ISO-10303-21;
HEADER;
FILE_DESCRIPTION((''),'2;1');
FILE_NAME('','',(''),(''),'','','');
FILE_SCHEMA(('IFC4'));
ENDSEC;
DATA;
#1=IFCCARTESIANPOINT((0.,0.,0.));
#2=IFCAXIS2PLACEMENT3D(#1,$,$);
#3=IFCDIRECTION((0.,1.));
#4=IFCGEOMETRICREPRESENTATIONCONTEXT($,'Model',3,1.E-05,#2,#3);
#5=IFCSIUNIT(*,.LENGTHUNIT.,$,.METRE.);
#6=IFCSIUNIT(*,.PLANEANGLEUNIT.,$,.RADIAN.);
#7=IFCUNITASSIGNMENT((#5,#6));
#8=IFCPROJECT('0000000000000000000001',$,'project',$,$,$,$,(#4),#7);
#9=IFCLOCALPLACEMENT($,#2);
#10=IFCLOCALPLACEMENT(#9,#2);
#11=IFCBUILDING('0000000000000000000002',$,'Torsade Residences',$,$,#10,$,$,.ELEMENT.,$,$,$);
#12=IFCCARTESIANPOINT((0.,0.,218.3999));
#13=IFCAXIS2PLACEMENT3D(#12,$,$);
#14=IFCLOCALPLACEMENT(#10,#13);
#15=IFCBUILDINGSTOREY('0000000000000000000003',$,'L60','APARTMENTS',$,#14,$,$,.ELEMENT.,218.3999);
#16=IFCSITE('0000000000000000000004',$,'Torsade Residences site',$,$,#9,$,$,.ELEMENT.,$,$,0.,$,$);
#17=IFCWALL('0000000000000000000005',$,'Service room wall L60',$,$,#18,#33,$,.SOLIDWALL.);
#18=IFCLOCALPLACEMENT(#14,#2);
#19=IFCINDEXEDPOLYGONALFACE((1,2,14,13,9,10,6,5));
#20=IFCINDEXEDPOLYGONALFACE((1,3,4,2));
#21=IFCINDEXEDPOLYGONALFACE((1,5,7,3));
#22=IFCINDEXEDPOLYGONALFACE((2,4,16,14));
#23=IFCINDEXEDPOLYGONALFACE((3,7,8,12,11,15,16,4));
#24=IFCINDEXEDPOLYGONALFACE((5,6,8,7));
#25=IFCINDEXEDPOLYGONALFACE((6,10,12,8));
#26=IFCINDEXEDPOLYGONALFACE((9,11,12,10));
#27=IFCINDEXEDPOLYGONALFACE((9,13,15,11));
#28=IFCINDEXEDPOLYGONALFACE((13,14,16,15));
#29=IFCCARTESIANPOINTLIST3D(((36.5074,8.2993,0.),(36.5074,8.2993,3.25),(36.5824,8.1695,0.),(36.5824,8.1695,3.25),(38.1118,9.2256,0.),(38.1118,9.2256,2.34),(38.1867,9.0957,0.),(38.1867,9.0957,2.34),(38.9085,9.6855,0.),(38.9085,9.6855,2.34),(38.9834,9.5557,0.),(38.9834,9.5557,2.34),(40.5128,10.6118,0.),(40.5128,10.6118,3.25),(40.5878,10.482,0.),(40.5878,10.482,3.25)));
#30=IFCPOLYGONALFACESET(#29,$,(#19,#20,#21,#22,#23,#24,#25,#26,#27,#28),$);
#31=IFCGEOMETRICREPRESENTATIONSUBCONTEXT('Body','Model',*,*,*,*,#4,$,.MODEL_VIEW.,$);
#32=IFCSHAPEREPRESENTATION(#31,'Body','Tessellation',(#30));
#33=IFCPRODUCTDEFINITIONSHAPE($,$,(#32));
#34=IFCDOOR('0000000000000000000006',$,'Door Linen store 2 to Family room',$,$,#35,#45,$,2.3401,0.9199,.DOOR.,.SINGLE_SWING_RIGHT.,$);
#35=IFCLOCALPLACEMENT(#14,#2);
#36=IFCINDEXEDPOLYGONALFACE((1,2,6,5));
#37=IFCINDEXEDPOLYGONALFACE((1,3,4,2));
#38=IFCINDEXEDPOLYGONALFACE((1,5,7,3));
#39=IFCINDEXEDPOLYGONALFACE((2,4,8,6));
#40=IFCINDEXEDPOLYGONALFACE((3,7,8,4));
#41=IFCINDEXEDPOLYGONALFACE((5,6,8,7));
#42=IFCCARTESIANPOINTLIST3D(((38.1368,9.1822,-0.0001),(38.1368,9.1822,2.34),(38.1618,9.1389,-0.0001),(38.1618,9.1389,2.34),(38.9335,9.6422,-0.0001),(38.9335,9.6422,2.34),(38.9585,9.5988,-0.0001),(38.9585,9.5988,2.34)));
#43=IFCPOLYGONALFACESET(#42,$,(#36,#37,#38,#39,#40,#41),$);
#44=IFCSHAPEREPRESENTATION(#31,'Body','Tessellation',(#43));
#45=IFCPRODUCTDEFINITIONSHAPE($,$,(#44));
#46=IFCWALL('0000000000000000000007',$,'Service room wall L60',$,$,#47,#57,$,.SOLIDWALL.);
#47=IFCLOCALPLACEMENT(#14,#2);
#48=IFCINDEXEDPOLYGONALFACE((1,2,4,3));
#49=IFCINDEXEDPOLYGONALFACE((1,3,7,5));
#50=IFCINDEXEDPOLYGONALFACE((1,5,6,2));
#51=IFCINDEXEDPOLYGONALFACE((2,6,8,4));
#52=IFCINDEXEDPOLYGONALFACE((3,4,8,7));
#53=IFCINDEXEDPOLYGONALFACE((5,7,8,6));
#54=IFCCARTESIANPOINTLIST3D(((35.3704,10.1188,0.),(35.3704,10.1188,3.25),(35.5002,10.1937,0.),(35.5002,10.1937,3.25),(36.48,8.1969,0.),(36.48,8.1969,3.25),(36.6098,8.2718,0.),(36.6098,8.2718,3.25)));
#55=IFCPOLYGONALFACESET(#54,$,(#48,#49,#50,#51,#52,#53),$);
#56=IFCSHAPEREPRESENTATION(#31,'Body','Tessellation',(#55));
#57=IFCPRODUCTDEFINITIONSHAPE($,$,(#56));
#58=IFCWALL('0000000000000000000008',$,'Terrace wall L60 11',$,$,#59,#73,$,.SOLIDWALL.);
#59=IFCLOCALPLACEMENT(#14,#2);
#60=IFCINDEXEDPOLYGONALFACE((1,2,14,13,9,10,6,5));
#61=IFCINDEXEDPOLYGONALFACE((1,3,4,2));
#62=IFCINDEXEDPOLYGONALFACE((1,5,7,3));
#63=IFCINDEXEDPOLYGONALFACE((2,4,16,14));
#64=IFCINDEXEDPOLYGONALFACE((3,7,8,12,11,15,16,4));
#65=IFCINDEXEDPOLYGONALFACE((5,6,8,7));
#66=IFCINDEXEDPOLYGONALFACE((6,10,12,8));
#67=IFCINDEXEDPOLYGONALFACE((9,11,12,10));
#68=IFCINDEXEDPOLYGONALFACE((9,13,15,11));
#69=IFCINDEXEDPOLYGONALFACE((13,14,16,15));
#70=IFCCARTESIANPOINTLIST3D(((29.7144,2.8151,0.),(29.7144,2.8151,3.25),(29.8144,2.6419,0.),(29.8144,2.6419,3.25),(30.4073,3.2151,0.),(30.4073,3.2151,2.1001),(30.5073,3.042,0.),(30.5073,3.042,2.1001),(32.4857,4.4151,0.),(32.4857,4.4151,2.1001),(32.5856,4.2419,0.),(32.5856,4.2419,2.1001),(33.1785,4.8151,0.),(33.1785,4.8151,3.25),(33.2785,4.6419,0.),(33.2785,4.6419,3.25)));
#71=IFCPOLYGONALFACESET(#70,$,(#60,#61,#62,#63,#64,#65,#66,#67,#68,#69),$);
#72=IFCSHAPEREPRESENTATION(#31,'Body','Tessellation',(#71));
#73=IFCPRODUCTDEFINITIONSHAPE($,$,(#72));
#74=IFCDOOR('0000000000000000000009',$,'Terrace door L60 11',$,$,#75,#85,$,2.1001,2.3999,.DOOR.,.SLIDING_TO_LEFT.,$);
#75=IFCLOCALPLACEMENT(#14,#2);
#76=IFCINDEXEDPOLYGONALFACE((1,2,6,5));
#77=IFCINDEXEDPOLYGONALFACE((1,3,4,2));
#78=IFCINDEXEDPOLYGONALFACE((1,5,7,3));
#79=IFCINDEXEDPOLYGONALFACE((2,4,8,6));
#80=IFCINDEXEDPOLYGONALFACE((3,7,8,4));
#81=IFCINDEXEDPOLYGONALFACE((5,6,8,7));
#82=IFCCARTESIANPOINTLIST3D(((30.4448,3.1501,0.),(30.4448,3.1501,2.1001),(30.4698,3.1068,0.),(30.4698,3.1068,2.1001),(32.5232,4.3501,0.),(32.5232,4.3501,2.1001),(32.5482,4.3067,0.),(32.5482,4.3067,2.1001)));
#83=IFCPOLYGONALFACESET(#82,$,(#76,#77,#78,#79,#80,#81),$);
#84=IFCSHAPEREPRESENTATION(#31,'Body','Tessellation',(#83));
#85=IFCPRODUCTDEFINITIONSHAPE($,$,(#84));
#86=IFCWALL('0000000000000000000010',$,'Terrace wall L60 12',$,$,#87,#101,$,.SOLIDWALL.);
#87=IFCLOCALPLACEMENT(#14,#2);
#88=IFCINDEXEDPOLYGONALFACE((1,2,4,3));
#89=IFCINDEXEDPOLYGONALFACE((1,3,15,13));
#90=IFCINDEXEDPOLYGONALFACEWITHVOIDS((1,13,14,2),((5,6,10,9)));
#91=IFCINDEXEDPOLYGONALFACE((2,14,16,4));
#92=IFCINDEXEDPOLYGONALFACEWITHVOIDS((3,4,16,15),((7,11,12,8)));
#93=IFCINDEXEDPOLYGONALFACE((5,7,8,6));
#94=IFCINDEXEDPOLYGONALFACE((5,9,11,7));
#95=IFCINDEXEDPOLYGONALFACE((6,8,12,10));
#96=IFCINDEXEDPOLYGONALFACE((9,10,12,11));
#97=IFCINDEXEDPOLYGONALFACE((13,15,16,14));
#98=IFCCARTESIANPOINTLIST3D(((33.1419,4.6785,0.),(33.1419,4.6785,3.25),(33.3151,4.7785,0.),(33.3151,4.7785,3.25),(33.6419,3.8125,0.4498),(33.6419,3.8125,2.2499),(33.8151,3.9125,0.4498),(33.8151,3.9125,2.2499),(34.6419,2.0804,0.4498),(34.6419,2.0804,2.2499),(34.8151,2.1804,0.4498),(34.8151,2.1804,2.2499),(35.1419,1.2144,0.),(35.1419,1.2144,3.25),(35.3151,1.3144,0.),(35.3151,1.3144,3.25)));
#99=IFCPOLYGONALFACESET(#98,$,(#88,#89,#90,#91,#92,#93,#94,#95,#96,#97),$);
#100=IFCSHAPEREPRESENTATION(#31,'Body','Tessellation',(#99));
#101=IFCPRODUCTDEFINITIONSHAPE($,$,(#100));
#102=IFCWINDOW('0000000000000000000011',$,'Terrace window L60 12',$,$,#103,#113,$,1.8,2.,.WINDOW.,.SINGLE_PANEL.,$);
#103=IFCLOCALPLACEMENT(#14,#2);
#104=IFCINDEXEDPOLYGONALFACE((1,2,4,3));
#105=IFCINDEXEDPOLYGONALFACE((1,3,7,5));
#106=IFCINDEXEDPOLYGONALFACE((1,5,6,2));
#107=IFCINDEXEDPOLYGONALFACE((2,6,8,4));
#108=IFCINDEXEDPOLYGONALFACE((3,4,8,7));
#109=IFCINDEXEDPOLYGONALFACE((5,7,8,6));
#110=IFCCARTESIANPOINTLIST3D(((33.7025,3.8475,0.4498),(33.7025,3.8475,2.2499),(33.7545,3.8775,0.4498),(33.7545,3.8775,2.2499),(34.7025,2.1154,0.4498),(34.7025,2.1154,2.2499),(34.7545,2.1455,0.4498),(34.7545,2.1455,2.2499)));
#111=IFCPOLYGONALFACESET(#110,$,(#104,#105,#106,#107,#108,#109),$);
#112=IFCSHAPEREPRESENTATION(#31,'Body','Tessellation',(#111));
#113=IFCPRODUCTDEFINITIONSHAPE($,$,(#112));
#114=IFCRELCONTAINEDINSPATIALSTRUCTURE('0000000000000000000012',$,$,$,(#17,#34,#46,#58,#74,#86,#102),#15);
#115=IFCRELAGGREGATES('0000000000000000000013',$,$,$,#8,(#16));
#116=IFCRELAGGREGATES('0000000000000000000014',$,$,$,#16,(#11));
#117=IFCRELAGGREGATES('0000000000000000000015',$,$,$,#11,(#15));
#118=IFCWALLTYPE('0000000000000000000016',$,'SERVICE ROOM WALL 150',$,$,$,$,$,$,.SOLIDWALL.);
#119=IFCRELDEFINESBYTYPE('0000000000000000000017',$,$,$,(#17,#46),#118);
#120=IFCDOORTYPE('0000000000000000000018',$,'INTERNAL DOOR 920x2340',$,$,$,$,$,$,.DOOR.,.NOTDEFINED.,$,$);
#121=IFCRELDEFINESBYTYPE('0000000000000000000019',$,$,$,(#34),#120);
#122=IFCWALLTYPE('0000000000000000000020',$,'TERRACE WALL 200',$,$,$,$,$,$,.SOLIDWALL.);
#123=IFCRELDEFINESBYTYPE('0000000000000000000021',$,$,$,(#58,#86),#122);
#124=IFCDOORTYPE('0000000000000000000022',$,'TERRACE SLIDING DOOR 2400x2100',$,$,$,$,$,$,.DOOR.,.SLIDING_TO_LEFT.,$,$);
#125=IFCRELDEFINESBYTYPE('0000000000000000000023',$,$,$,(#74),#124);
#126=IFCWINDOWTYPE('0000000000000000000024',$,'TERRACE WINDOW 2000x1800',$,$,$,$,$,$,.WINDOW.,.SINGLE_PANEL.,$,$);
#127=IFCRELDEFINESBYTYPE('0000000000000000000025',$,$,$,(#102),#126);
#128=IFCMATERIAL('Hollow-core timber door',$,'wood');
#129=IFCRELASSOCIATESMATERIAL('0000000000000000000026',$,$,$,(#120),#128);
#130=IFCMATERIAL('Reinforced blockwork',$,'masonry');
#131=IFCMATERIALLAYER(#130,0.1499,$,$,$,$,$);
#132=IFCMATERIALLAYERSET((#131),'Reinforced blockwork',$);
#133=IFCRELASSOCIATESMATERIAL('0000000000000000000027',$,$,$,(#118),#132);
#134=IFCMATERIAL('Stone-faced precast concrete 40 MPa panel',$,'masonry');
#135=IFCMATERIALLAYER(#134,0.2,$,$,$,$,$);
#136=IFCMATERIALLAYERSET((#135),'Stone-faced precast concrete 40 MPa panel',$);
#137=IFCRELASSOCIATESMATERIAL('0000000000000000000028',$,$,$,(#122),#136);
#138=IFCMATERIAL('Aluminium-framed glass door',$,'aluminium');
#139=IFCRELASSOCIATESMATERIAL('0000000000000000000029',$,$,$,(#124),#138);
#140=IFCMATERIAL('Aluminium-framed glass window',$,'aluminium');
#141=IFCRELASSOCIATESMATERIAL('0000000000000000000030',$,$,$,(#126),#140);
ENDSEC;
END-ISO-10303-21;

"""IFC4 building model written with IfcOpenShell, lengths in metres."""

from ifc_helpers import new_model, si_unit, direction, frame, frame_2d, origin, place, context, subcontext, project, spatial, rectangle, extrude, material, layer, layer_set, type_object, element, fill, save


model = new_model("IFC4")

# Units and contexts
model_context = context("Model", 3, precision=1e-05, world=origin(), true_north=direction((0.0, 1.0)))
body_context = subcontext(model_context, "Body", "Model", "MODEL_VIEW")
ifc_project = project(units=[si_unit("LENGTHUNIT", "METRE"), si_unit("PLANEANGLEUNIT", "RADIAN")], contexts=[model_context])

# Site, building, storey
site_placement = place(None, origin())
site = spatial("IfcSite", under=ifc_project, at=site_placement, Name="Torsade Residences site", CompositionType="ELEMENT", RefElevation=0.0)
building_placement = place(site_placement, origin())
building = spatial("IfcBuilding", under=site, at=building_placement, Name="Torsade Residences", CompositionType="ELEMENT")
storey_placement = place(building_placement, frame((0.0, 0.0, 218.3999)))
storey = spatial("IfcBuildingStorey", under=building, at=storey_placement, Name="L60", Description="APARTMENTS", CompositionType="ELEMENT", Elevation=218.3999)

# Wall, opening, door
ifc_material_1 = material(Name="Hollow-core timber door", Category="wood")
door_type_1 = type_object("IfcDoorType", Name="INTERNAL DOOR 920x2340", OperationType="NOTDEFINED", PredefinedType="DOOR", material=ifc_material_1)
ifc_material_2 = material(Name="Reinforced blockwork", Category="masonry")
ifc_layer_1 = layer(ifc_material_2, 0.1499)
ifc_layer_set_1 = layer_set([ifc_layer_1], Name="Reinforced blockwork")
wall_type_1 = type_object("IfcWallType", Name="SERVICE ROOM WALL 150", PredefinedType="SOLIDWALL", material=ifc_layer_set_1)
wall_1_placement = place(storey_placement, frame((36.5449, 8.2344, 0.0), z_axis=(0.0, 0.0, 1.0), x_axis=(0.866026, 0.5, 0.0)))
wall_1 = element("IfcWall", 1, at=wall_1_placement, inside=storey, type_object=wall_type_1, Name="Service room wall L60", PredefinedType="SOLIDWALL", context=body_context, shape_type="SweptSolid", body=[
    extrude(rectangle(XDim=4.625, YDim=0.1499, at=frame_2d((2.3125, 0.0))), origin(), (0.0, 0.0, 1.0), 3.25),
])
opening_1_placement = place(wall_1_placement, frame((1.8525, 0.0, 0.0)))
opening_1 = element("IfcOpeningElement", 2, at=opening_1_placement, cuts=wall_1, PredefinedType="OPENING", context=body_context, shape_type="SweptSolid", body=[
    extrude(rectangle(XDim=0.9199, YDim=2.3401, at=frame_2d((0.46, 1.1699))), frame((0.0, 0.085, 0.0), z_axis=(0.0, -1.0, 0.0), x_axis=(1.0, 0.0, 0.0)), (0.0, 0.0, 1.0), 0.1699),
])
door_1_placement = place(opening_1_placement, origin())
door_1 = element("IfcDoor", 3, at=door_1_placement, inside=storey, type_object=door_type_1, Name="Door Linen store 2 to Family room", OperationType="SINGLE_SWING_RIGHT", OverallHeight=2.3401, OverallWidth=0.9199, PredefinedType="DOOR", context=body_context, shape_type="SweptSolid", body=[
    extrude(rectangle(XDim=0.9199, YDim=2.3401, at=frame_2d((0.46, 1.1699))), frame((0.0, 0.0249, 0.0), z_axis=(0.0, -1.0, 0.0), x_axis=(1.0, 0.0, 0.0)), (0.0, 0.0, 1.0), 0.05),
])
fill(opening_1, door_1)

# Wall
wall_2_placement = place(storey_placement, frame((35.4353, 10.1562, 0.0), z_axis=(0.0, 0.0, 1.0), x_axis=(0.500008, -0.866021, 0.0)))
element("IfcWall", 4, at=wall_2_placement, inside=storey, type_object=wall_type_1, Name="Service room wall L60", PredefinedType="SOLIDWALL", context=body_context, shape_type="SweptSolid", body=[
    extrude(rectangle(XDim=2.2192, YDim=0.1499, at=frame_2d((1.1096, 0.0))), origin(), (0.0, 0.0, 1.0), 3.25),
])

# Wall, opening, door
ifc_material_3 = material(Name="Stone-faced precast concrete 40 MPa panel", Category="masonry")
ifc_layer_2 = layer(ifc_material_3, 0.2)
ifc_layer_set_2 = layer_set([ifc_layer_2], Name="Stone-faced precast concrete 40 MPa panel")
wall_type_2 = type_object("IfcWallType", Name="TERRACE WALL 200", PredefinedType="SOLIDWALL", material=ifc_layer_set_2)
wall_3_placement = place(storey_placement, frame((29.7644, 2.7285, 0.0), z_axis=(0.0, 0.0, 1.0), x_axis=(0.866026, 0.499999, 0.0)))
wall_3 = element("IfcWall", 5, at=wall_3_placement, inside=storey, type_object=wall_type_2, Name="Terrace wall L60 11", PredefinedType="SOLIDWALL", context=body_context, shape_type="SweptSolid", body=[
    extrude(rectangle(XDim=4.0, YDim=0.2, at=frame_2d((2.0, 0.0))), origin(), (0.0, 0.0, 1.0), 3.25),
])
opening_2_placement = place(wall_3_placement, frame((0.8, 0.0, 0.0)))
opening_2 = element("IfcOpeningElement", 6, at=opening_2_placement, cuts=wall_3, PredefinedType="OPENING", context=body_context, shape_type="SweptSolid", body=[
    extrude(rectangle(XDim=2.3999, YDim=2.1001, at=frame_2d((1.2, 1.05))), frame((0.0, 0.1099, 0.0), z_axis=(0.0, -1.0, 0.0), x_axis=(1.0, 0.0, 0.0)), (0.0, 0.0, 1.0), 0.22),
])
ifc_material_4 = material(Name="Aluminium-framed glass door", Category="aluminium")
door_type_2 = type_object("IfcDoorType", Name="TERRACE SLIDING DOOR 2400x2100", OperationType="SLIDING_TO_LEFT", PredefinedType="DOOR", material=ifc_material_4)
door_2_placement = place(opening_2_placement, origin())
door_2 = element("IfcDoor", 7, at=door_2_placement, inside=storey, type_object=door_type_2, Name="Terrace door L60 11", OperationType="SLIDING_TO_LEFT", OverallHeight=2.1001, OverallWidth=2.3999, PredefinedType="DOOR", context=body_context, shape_type="SweptSolid", body=[
    extrude(rectangle(XDim=2.3999, YDim=2.1001, at=frame_2d((1.2, 1.05))), frame((0.0, 0.0249, 0.0), z_axis=(0.0, -1.0, 0.0), x_axis=(1.0, 0.0, 0.0)), (0.0, 0.0, 1.0), 0.05),
])
fill(opening_2, door_2)

# Wall, opening, window
wall_4_placement = place(storey_placement, frame((33.2285, 4.7285, 0.0), z_axis=(0.0, 0.0, 1.0), x_axis=(0.499999, -0.866026, 0.0)))
wall_4 = element("IfcWall", 8, at=wall_4_placement, inside=storey, type_object=wall_type_2, Name="Terrace wall L60 12", PredefinedType="SOLIDWALL", context=body_context, shape_type="SweptSolid", body=[
    extrude(rectangle(XDim=4.0, YDim=0.2, at=frame_2d((2.0, 0.0))), origin(), (0.0, 0.0, 1.0), 3.25),
])
opening_3_placement = place(wall_4_placement, frame((1.0, 0.0, 0.45)))
opening_3 = element("IfcOpeningElement", 9, at=opening_3_placement, cuts=wall_4, PredefinedType="OPENING", context=body_context, shape_type="SweptSolid", body=[
    extrude(rectangle(XDim=2.0, YDim=1.8, at=frame_2d((1.0, 0.8999))), frame((0.0, 0.1099, 0.0), z_axis=(0.0, -1.0, 0.0), x_axis=(1.0, 0.0, 0.0)), (0.0, 0.0, 1.0), 0.22),
])
ifc_material_5 = material(Name="Aluminium-framed glass window", Category="aluminium")
window_type = type_object("IfcWindowType", Name="TERRACE WINDOW 2000x1800", PartitioningType="SINGLE_PANEL", PredefinedType="WINDOW", material=ifc_material_5)
window_placement = place(opening_3_placement, origin())
window = element("IfcWindow", 10, at=window_placement, inside=storey, type_object=window_type, Name="Terrace window L60 12", OverallHeight=1.8, OverallWidth=2.0, PartitioningType="SINGLE_PANEL", PredefinedType="WINDOW", context=body_context, shape_type="SweptSolid", body=[
    extrude(rectangle(XDim=2.0, YDim=1.8, at=frame_2d((1.0, 0.8999))), frame((0.0, 0.03, 0.0), z_axis=(0.0, -1.0, 0.0), x_axis=(1.0, 0.0, 0.0)), (0.0, 0.0, 1.0), 0.0601),
])
fill(opening_3, window)

save(model, "model.ifc")
